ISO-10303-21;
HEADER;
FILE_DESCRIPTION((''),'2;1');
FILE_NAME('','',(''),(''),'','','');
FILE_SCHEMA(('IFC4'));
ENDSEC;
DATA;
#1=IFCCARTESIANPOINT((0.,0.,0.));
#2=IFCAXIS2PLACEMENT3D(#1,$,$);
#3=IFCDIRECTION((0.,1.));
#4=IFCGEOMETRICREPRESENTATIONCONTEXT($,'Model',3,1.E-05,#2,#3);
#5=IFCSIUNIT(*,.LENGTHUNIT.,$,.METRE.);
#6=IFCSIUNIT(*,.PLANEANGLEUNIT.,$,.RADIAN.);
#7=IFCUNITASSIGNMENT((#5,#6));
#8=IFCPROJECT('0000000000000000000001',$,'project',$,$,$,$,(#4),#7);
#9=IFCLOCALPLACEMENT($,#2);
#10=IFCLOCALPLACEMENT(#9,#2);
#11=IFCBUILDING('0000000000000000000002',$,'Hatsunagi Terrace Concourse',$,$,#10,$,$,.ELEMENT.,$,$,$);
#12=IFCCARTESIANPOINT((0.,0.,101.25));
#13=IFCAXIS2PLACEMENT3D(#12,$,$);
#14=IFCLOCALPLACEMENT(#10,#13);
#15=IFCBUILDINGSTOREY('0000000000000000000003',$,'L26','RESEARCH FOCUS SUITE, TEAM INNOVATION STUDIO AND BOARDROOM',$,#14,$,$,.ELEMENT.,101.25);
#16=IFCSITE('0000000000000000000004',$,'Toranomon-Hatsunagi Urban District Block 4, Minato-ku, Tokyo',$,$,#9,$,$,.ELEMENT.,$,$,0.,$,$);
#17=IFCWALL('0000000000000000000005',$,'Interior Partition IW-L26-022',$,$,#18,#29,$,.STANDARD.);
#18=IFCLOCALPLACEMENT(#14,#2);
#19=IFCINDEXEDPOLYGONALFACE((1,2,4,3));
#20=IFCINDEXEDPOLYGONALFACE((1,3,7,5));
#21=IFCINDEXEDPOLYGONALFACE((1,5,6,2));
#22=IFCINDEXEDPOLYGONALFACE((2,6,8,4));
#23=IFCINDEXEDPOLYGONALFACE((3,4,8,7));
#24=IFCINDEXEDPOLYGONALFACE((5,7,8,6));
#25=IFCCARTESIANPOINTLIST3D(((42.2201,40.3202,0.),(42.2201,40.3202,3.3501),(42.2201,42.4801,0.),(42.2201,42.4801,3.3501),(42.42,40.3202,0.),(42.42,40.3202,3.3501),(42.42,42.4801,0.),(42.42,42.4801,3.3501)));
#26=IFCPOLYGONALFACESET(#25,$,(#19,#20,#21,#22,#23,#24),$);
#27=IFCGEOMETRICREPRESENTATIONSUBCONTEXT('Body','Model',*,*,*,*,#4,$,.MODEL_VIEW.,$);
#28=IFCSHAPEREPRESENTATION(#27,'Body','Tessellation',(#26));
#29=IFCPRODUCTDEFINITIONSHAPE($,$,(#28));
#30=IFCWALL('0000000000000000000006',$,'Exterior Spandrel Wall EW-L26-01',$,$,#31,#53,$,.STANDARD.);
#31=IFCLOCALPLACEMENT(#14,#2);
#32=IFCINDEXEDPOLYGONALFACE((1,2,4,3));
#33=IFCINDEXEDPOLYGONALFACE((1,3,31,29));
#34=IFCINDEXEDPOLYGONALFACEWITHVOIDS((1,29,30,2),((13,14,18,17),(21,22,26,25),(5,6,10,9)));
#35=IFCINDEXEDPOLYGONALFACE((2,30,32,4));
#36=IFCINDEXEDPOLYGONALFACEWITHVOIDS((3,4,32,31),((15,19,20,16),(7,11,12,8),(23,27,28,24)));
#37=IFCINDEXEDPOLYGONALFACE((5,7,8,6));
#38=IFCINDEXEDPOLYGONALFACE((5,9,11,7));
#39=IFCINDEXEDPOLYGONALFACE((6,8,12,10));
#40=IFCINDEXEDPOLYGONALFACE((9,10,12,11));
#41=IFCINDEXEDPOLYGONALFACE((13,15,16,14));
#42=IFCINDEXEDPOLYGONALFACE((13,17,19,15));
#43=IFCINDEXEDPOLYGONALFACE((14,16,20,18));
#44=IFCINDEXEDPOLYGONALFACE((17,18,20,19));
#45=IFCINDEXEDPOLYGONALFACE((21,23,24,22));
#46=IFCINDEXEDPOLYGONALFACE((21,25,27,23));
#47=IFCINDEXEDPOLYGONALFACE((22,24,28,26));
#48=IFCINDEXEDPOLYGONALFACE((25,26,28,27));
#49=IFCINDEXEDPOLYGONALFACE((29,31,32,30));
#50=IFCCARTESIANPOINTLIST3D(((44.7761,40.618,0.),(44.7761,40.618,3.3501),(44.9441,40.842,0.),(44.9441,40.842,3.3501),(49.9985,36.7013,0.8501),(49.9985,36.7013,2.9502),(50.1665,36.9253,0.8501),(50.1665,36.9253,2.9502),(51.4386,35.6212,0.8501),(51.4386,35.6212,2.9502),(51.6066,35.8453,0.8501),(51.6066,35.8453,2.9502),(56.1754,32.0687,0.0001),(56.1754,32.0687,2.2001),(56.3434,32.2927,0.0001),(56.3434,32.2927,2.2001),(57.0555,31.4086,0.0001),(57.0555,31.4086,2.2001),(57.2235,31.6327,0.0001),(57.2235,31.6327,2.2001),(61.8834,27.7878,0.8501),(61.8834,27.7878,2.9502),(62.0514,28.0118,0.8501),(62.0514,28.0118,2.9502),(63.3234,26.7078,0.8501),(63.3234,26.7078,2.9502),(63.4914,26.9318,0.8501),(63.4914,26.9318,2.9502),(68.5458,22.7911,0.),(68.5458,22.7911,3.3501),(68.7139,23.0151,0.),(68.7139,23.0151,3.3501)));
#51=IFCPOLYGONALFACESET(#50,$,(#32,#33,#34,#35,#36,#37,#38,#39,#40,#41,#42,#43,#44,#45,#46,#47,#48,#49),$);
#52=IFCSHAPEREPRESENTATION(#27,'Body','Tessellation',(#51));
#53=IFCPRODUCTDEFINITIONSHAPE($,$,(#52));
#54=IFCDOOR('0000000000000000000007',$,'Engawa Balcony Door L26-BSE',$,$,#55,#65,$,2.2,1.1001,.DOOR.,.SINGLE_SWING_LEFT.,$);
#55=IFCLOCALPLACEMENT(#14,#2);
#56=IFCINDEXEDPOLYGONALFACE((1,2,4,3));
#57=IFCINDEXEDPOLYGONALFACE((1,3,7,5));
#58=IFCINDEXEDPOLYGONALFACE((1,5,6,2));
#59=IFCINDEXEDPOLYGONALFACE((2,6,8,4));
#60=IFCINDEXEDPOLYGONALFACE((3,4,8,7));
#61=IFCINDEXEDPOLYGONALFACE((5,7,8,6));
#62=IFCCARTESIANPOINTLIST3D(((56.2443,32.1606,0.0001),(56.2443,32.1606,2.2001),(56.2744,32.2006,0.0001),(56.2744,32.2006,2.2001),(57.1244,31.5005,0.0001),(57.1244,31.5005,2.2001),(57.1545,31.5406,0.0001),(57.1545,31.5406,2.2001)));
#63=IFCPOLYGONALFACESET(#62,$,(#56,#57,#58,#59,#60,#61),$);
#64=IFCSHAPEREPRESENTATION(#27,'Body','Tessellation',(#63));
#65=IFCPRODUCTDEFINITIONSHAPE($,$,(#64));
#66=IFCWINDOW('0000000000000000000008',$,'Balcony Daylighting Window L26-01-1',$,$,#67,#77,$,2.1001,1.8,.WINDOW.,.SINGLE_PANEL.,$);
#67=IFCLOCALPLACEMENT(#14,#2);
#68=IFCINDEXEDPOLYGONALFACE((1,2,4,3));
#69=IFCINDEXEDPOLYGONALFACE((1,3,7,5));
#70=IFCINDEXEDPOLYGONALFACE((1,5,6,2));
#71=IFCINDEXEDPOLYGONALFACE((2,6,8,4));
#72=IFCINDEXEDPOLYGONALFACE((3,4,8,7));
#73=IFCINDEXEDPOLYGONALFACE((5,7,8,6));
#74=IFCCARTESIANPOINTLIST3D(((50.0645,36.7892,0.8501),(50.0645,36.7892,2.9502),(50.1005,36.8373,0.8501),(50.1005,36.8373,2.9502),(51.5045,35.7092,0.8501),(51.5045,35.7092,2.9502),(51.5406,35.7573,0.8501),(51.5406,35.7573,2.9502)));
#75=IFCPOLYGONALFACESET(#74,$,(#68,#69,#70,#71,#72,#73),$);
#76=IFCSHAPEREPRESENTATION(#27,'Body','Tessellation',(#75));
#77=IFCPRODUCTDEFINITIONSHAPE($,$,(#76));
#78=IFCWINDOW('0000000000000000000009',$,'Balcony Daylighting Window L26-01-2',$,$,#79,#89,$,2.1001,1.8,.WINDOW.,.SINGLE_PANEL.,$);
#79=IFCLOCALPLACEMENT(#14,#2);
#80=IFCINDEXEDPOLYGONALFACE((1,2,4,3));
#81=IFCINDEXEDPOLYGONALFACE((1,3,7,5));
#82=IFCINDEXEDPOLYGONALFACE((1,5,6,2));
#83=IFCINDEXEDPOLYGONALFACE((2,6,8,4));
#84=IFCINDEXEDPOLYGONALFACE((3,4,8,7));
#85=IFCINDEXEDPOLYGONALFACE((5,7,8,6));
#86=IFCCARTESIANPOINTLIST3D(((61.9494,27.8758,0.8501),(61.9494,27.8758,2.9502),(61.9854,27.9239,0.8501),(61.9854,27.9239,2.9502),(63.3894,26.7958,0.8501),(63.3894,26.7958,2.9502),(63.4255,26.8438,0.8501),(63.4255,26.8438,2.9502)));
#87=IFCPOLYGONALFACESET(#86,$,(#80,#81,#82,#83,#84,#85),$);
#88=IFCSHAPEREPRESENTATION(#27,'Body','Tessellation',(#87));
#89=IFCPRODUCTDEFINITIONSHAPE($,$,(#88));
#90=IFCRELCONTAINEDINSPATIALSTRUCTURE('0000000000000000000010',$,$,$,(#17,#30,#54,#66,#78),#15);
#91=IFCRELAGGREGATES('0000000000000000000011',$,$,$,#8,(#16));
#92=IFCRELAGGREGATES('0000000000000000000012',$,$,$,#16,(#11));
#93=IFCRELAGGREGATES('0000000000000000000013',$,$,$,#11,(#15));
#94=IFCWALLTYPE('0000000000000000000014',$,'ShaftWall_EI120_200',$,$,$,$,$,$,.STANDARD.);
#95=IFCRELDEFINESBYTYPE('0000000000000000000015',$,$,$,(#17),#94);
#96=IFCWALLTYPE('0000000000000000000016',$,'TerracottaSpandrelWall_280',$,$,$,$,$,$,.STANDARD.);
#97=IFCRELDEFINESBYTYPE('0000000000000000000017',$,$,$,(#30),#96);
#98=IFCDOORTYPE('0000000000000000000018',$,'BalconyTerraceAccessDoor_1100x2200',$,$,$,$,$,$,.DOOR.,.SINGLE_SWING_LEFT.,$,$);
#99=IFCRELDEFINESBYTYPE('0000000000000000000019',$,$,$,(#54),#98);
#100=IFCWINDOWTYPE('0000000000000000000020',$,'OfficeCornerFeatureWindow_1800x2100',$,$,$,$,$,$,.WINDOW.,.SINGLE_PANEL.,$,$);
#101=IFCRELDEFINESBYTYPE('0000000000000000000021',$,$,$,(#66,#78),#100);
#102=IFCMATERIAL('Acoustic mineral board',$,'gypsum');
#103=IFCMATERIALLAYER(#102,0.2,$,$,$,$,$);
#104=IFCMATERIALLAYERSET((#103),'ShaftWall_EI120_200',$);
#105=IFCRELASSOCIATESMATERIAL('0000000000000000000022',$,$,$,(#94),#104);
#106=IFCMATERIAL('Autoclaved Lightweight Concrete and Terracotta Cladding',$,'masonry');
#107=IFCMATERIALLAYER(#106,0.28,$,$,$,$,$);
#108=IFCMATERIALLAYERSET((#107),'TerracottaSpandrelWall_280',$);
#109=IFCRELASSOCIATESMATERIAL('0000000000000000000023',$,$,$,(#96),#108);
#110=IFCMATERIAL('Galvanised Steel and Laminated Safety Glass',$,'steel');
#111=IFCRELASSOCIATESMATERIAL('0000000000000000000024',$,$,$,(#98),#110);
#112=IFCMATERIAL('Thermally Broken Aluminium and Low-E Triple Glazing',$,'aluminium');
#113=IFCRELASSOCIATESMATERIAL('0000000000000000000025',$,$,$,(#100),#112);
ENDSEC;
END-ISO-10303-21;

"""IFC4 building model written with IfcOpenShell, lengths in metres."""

from ifc_helpers import new_model, si_unit, direction, frame, frame_2d, origin, place, context, subcontext, project, spatial, rectangle, extrude, material, layer, layer_set, type_object, element, fill, save


model = new_model("IFC4")

# Units and contexts
model_context = context("Model", 3, precision=1e-05, world=origin(), true_north=direction((0.0, 1.0)))
body_context = subcontext(model_context, "Body", "Model", "MODEL_VIEW")
ifc_project = project(units=[si_unit("LENGTHUNIT", "METRE"), si_unit("PLANEANGLEUNIT", "RADIAN")], contexts=[model_context])

# Site, building, storey
site_placement = place(None, origin())
site = spatial("IfcSite", under=ifc_project, at=site_placement, Name="Toranomon-Hatsunagi Urban District Block 4, Minato-ku, Tokyo", CompositionType="ELEMENT", RefElevation=0.0)
building_placement = place(site_placement, origin())
building = spatial("IfcBuilding", under=site, at=building_placement, Name="Hatsunagi Terrace Concourse", CompositionType="ELEMENT")
storey_placement = place(building_placement, frame((0.0, 0.0, 101.25)))
storey = spatial("IfcBuildingStorey", under=building, at=storey_placement, Name="L26", Description="RESEARCH FOCUS SUITE, TEAM INNOVATION STUDIO AND BOARDROOM", CompositionType="ELEMENT", Elevation=101.25)

# Wall
ifc_material_1 = material(Name="Acoustic mineral board", Category="gypsum")
ifc_layer_1 = layer(ifc_material_1, 0.2)
ifc_layer_set_1 = layer_set([ifc_layer_1], Name="ShaftWall_EI120_200")
wall_type_1 = type_object("IfcWallType", Name="ShaftWall_EI120_200", PredefinedType="STANDARD", material=ifc_layer_set_1)
wall_1_placement = place(storey_placement, frame((42.3201, 40.3201, 0.0), z_axis=(0.0, 0.0, 1.0), x_axis=(0.0, 1.0, 0.0)))
element("IfcWall", 1, at=wall_1_placement, inside=storey, type_object=wall_type_1, Name="Interior Partition IW-L26-022", PredefinedType="STANDARD", context=body_context, shape_type="SweptSolid", body=[
    extrude(rectangle(XDim=2.1599, YDim=0.2, at=frame_2d((1.0801, 0.0))), origin(), (0.0, 0.0, 1.0), 3.3501),
])

# Wall, openings, door, windows
ifc_material_2 = material(Name="Autoclaved Lightweight Concrete and Terracotta Cladding", Category="masonry")
ifc_layer_2 = layer(ifc_material_2, 0.28)
ifc_layer_set_2 = layer_set([ifc_layer_2], Name="TerracottaSpandrelWall_280")
wall_type_2 = type_object("IfcWallType", Name="TerracottaSpandrelWall_280", PredefinedType="STANDARD", material=ifc_layer_set_2)
wall_2_placement = place(storey_placement, frame((44.8601, 40.73, 0.0), z_axis=(0.0, 0.0, 1.0), x_axis=(0.800007, -0.599991, 0.0)))
wall_2 = element("IfcWall", 2, at=wall_2_placement, inside=storey, type_object=wall_type_2, Name="Exterior Spandrel Wall EW-L26-01", PredefinedType="STANDARD", context=body_context, shape_type="SweptSolid", body=[
    extrude(rectangle(XDim=29.7119, YDim=0.28, at=frame_2d((14.856, 0.0))), origin(), (0.0, 0.0, 1.0), 3.3501),
])
opening_1_placement = place(wall_2_placement, frame((14.249, 0.0, 0.0)))
opening_1 = element("IfcOpeningElement", 3, at=opening_1_placement, cuts=wall_2, PredefinedType="OPENING", context=body_context, shape_type="SweptSolid", body=[
    extrude(rectangle(XDim=1.1001, YDim=2.2, at=frame_2d((0.55, 1.1001))), frame((0.0, 0.1499, 0.0), z_axis=(0.0, -1.0, 0.0), x_axis=(1.0, 0.0, 0.0)), (0.0, 0.0, 1.0), 0.3),
])
opening_2_placement = place(wall_2_placement, frame((6.5281, 0.0, 0.8501)))
opening_2 = element("IfcOpeningElement", 4, at=opening_2_placement, cuts=wall_2, PredefinedType="OPENING", context=body_context, shape_type="SweptSolid", body=[
    extrude(rectangle(XDim=1.8, YDim=2.1001, at=frame_2d((0.8999, 1.05))), frame((0.0, 0.1499, 0.0), z_axis=(0.0, -1.0, 0.0), x_axis=(1.0, 0.0, 0.0)), (0.0, 0.0, 1.0), 0.3),
])
opening_3_placement = place(wall_2_placement, frame((21.384, 0.0, 0.8501)))
opening_3 = element("IfcOpeningElement", 5, at=opening_3_placement, cuts=wall_2, PredefinedType="OPENING", context=body_context, shape_type="SweptSolid", body=[
    extrude(rectangle(XDim=1.8, YDim=2.1001, at=frame_2d((0.8999, 1.05))), frame((0.0, 0.1499, 0.0), z_axis=(0.0, -1.0, 0.0), x_axis=(1.0, 0.0, 0.0)), (0.0, 0.0, 1.0), 0.3),
])
ifc_material_3 = material(Name="Galvanised Steel and Laminated Safety Glass", Category="steel")
door_type_1 = type_object("IfcDoorType", Name="BalconyTerraceAccessDoor_1100x2200", OperationType="SINGLE_SWING_LEFT", PredefinedType="DOOR", material=ifc_material_3)
door_1_placement = place(opening_1_placement, origin())
door_1 = element("IfcDoor", 6, at=door_1_placement, inside=storey, type_object=door_type_1, Name="Engawa Balcony Door L26-BSE", OperationType="SINGLE_SWING_LEFT", OverallHeight=2.2, OverallWidth=1.1001, PredefinedType="DOOR", context=body_context, shape_type="SweptSolid", body=[
    extrude(rectangle(XDim=1.1001, YDim=2.2, at=frame_2d((0.55, 1.1001))), frame((0.0, 0.0249, 0.0), z_axis=(0.0, -1.0, 0.0), x_axis=(1.0, 0.0, 0.0)), (0.0, 0.0, 1.0), 0.05),
])
fill(opening_1, door_1)
ifc_material_4 = material(Name="Thermally Broken Aluminium and Low-E Triple Glazing", Category="aluminium")
window_type = type_object("IfcWindowType", Name="OfficeCornerFeatureWindow_1800x2100", PartitioningType="SINGLE_PANEL", PredefinedType="WINDOW", material=ifc_material_4)
window_1_placement = place(opening_2_placement, origin())
window_1 = element("IfcWindow", 7, at=window_1_placement, inside=storey, type_object=window_type, Name="Balcony Daylighting Window L26-01-1", OverallHeight=2.1001, OverallWidth=1.8, PartitioningType="SINGLE_PANEL", PredefinedType="WINDOW", context=body_context, shape_type="SweptSolid", body=[
    extrude(rectangle(XDim=1.8, YDim=2.1001, at=frame_2d((0.8999, 1.05))), frame((0.0, 0.03, 0.0), z_axis=(0.0, -1.0, 0.0), x_axis=(1.0, 0.0, 0.0)), (0.0, 0.0, 1.0), 0.0601),
])
fill(opening_2, window_1)
window_2_placement = place(opening_3_placement, origin())
window_2 = element("IfcWindow", 8, at=window_2_placement, inside=storey, type_object=window_type, Name="Balcony Daylighting Window L26-01-2", OverallHeight=2.1001, OverallWidth=1.8, PartitioningType="SINGLE_PANEL", PredefinedType="WINDOW", context=body_context, shape_type="SweptSolid", body=[
    extrude(rectangle(XDim=1.8, YDim=2.1001, at=frame_2d((0.8999, 1.05))), frame((0.0, 0.03, 0.0), z_axis=(0.0, -1.0, 0.0), x_axis=(1.0, 0.0, 0.0)), (0.0, 0.0, 1.0), 0.0601),
])
fill(opening_3, window_2)

save(model, "model.ifc")
